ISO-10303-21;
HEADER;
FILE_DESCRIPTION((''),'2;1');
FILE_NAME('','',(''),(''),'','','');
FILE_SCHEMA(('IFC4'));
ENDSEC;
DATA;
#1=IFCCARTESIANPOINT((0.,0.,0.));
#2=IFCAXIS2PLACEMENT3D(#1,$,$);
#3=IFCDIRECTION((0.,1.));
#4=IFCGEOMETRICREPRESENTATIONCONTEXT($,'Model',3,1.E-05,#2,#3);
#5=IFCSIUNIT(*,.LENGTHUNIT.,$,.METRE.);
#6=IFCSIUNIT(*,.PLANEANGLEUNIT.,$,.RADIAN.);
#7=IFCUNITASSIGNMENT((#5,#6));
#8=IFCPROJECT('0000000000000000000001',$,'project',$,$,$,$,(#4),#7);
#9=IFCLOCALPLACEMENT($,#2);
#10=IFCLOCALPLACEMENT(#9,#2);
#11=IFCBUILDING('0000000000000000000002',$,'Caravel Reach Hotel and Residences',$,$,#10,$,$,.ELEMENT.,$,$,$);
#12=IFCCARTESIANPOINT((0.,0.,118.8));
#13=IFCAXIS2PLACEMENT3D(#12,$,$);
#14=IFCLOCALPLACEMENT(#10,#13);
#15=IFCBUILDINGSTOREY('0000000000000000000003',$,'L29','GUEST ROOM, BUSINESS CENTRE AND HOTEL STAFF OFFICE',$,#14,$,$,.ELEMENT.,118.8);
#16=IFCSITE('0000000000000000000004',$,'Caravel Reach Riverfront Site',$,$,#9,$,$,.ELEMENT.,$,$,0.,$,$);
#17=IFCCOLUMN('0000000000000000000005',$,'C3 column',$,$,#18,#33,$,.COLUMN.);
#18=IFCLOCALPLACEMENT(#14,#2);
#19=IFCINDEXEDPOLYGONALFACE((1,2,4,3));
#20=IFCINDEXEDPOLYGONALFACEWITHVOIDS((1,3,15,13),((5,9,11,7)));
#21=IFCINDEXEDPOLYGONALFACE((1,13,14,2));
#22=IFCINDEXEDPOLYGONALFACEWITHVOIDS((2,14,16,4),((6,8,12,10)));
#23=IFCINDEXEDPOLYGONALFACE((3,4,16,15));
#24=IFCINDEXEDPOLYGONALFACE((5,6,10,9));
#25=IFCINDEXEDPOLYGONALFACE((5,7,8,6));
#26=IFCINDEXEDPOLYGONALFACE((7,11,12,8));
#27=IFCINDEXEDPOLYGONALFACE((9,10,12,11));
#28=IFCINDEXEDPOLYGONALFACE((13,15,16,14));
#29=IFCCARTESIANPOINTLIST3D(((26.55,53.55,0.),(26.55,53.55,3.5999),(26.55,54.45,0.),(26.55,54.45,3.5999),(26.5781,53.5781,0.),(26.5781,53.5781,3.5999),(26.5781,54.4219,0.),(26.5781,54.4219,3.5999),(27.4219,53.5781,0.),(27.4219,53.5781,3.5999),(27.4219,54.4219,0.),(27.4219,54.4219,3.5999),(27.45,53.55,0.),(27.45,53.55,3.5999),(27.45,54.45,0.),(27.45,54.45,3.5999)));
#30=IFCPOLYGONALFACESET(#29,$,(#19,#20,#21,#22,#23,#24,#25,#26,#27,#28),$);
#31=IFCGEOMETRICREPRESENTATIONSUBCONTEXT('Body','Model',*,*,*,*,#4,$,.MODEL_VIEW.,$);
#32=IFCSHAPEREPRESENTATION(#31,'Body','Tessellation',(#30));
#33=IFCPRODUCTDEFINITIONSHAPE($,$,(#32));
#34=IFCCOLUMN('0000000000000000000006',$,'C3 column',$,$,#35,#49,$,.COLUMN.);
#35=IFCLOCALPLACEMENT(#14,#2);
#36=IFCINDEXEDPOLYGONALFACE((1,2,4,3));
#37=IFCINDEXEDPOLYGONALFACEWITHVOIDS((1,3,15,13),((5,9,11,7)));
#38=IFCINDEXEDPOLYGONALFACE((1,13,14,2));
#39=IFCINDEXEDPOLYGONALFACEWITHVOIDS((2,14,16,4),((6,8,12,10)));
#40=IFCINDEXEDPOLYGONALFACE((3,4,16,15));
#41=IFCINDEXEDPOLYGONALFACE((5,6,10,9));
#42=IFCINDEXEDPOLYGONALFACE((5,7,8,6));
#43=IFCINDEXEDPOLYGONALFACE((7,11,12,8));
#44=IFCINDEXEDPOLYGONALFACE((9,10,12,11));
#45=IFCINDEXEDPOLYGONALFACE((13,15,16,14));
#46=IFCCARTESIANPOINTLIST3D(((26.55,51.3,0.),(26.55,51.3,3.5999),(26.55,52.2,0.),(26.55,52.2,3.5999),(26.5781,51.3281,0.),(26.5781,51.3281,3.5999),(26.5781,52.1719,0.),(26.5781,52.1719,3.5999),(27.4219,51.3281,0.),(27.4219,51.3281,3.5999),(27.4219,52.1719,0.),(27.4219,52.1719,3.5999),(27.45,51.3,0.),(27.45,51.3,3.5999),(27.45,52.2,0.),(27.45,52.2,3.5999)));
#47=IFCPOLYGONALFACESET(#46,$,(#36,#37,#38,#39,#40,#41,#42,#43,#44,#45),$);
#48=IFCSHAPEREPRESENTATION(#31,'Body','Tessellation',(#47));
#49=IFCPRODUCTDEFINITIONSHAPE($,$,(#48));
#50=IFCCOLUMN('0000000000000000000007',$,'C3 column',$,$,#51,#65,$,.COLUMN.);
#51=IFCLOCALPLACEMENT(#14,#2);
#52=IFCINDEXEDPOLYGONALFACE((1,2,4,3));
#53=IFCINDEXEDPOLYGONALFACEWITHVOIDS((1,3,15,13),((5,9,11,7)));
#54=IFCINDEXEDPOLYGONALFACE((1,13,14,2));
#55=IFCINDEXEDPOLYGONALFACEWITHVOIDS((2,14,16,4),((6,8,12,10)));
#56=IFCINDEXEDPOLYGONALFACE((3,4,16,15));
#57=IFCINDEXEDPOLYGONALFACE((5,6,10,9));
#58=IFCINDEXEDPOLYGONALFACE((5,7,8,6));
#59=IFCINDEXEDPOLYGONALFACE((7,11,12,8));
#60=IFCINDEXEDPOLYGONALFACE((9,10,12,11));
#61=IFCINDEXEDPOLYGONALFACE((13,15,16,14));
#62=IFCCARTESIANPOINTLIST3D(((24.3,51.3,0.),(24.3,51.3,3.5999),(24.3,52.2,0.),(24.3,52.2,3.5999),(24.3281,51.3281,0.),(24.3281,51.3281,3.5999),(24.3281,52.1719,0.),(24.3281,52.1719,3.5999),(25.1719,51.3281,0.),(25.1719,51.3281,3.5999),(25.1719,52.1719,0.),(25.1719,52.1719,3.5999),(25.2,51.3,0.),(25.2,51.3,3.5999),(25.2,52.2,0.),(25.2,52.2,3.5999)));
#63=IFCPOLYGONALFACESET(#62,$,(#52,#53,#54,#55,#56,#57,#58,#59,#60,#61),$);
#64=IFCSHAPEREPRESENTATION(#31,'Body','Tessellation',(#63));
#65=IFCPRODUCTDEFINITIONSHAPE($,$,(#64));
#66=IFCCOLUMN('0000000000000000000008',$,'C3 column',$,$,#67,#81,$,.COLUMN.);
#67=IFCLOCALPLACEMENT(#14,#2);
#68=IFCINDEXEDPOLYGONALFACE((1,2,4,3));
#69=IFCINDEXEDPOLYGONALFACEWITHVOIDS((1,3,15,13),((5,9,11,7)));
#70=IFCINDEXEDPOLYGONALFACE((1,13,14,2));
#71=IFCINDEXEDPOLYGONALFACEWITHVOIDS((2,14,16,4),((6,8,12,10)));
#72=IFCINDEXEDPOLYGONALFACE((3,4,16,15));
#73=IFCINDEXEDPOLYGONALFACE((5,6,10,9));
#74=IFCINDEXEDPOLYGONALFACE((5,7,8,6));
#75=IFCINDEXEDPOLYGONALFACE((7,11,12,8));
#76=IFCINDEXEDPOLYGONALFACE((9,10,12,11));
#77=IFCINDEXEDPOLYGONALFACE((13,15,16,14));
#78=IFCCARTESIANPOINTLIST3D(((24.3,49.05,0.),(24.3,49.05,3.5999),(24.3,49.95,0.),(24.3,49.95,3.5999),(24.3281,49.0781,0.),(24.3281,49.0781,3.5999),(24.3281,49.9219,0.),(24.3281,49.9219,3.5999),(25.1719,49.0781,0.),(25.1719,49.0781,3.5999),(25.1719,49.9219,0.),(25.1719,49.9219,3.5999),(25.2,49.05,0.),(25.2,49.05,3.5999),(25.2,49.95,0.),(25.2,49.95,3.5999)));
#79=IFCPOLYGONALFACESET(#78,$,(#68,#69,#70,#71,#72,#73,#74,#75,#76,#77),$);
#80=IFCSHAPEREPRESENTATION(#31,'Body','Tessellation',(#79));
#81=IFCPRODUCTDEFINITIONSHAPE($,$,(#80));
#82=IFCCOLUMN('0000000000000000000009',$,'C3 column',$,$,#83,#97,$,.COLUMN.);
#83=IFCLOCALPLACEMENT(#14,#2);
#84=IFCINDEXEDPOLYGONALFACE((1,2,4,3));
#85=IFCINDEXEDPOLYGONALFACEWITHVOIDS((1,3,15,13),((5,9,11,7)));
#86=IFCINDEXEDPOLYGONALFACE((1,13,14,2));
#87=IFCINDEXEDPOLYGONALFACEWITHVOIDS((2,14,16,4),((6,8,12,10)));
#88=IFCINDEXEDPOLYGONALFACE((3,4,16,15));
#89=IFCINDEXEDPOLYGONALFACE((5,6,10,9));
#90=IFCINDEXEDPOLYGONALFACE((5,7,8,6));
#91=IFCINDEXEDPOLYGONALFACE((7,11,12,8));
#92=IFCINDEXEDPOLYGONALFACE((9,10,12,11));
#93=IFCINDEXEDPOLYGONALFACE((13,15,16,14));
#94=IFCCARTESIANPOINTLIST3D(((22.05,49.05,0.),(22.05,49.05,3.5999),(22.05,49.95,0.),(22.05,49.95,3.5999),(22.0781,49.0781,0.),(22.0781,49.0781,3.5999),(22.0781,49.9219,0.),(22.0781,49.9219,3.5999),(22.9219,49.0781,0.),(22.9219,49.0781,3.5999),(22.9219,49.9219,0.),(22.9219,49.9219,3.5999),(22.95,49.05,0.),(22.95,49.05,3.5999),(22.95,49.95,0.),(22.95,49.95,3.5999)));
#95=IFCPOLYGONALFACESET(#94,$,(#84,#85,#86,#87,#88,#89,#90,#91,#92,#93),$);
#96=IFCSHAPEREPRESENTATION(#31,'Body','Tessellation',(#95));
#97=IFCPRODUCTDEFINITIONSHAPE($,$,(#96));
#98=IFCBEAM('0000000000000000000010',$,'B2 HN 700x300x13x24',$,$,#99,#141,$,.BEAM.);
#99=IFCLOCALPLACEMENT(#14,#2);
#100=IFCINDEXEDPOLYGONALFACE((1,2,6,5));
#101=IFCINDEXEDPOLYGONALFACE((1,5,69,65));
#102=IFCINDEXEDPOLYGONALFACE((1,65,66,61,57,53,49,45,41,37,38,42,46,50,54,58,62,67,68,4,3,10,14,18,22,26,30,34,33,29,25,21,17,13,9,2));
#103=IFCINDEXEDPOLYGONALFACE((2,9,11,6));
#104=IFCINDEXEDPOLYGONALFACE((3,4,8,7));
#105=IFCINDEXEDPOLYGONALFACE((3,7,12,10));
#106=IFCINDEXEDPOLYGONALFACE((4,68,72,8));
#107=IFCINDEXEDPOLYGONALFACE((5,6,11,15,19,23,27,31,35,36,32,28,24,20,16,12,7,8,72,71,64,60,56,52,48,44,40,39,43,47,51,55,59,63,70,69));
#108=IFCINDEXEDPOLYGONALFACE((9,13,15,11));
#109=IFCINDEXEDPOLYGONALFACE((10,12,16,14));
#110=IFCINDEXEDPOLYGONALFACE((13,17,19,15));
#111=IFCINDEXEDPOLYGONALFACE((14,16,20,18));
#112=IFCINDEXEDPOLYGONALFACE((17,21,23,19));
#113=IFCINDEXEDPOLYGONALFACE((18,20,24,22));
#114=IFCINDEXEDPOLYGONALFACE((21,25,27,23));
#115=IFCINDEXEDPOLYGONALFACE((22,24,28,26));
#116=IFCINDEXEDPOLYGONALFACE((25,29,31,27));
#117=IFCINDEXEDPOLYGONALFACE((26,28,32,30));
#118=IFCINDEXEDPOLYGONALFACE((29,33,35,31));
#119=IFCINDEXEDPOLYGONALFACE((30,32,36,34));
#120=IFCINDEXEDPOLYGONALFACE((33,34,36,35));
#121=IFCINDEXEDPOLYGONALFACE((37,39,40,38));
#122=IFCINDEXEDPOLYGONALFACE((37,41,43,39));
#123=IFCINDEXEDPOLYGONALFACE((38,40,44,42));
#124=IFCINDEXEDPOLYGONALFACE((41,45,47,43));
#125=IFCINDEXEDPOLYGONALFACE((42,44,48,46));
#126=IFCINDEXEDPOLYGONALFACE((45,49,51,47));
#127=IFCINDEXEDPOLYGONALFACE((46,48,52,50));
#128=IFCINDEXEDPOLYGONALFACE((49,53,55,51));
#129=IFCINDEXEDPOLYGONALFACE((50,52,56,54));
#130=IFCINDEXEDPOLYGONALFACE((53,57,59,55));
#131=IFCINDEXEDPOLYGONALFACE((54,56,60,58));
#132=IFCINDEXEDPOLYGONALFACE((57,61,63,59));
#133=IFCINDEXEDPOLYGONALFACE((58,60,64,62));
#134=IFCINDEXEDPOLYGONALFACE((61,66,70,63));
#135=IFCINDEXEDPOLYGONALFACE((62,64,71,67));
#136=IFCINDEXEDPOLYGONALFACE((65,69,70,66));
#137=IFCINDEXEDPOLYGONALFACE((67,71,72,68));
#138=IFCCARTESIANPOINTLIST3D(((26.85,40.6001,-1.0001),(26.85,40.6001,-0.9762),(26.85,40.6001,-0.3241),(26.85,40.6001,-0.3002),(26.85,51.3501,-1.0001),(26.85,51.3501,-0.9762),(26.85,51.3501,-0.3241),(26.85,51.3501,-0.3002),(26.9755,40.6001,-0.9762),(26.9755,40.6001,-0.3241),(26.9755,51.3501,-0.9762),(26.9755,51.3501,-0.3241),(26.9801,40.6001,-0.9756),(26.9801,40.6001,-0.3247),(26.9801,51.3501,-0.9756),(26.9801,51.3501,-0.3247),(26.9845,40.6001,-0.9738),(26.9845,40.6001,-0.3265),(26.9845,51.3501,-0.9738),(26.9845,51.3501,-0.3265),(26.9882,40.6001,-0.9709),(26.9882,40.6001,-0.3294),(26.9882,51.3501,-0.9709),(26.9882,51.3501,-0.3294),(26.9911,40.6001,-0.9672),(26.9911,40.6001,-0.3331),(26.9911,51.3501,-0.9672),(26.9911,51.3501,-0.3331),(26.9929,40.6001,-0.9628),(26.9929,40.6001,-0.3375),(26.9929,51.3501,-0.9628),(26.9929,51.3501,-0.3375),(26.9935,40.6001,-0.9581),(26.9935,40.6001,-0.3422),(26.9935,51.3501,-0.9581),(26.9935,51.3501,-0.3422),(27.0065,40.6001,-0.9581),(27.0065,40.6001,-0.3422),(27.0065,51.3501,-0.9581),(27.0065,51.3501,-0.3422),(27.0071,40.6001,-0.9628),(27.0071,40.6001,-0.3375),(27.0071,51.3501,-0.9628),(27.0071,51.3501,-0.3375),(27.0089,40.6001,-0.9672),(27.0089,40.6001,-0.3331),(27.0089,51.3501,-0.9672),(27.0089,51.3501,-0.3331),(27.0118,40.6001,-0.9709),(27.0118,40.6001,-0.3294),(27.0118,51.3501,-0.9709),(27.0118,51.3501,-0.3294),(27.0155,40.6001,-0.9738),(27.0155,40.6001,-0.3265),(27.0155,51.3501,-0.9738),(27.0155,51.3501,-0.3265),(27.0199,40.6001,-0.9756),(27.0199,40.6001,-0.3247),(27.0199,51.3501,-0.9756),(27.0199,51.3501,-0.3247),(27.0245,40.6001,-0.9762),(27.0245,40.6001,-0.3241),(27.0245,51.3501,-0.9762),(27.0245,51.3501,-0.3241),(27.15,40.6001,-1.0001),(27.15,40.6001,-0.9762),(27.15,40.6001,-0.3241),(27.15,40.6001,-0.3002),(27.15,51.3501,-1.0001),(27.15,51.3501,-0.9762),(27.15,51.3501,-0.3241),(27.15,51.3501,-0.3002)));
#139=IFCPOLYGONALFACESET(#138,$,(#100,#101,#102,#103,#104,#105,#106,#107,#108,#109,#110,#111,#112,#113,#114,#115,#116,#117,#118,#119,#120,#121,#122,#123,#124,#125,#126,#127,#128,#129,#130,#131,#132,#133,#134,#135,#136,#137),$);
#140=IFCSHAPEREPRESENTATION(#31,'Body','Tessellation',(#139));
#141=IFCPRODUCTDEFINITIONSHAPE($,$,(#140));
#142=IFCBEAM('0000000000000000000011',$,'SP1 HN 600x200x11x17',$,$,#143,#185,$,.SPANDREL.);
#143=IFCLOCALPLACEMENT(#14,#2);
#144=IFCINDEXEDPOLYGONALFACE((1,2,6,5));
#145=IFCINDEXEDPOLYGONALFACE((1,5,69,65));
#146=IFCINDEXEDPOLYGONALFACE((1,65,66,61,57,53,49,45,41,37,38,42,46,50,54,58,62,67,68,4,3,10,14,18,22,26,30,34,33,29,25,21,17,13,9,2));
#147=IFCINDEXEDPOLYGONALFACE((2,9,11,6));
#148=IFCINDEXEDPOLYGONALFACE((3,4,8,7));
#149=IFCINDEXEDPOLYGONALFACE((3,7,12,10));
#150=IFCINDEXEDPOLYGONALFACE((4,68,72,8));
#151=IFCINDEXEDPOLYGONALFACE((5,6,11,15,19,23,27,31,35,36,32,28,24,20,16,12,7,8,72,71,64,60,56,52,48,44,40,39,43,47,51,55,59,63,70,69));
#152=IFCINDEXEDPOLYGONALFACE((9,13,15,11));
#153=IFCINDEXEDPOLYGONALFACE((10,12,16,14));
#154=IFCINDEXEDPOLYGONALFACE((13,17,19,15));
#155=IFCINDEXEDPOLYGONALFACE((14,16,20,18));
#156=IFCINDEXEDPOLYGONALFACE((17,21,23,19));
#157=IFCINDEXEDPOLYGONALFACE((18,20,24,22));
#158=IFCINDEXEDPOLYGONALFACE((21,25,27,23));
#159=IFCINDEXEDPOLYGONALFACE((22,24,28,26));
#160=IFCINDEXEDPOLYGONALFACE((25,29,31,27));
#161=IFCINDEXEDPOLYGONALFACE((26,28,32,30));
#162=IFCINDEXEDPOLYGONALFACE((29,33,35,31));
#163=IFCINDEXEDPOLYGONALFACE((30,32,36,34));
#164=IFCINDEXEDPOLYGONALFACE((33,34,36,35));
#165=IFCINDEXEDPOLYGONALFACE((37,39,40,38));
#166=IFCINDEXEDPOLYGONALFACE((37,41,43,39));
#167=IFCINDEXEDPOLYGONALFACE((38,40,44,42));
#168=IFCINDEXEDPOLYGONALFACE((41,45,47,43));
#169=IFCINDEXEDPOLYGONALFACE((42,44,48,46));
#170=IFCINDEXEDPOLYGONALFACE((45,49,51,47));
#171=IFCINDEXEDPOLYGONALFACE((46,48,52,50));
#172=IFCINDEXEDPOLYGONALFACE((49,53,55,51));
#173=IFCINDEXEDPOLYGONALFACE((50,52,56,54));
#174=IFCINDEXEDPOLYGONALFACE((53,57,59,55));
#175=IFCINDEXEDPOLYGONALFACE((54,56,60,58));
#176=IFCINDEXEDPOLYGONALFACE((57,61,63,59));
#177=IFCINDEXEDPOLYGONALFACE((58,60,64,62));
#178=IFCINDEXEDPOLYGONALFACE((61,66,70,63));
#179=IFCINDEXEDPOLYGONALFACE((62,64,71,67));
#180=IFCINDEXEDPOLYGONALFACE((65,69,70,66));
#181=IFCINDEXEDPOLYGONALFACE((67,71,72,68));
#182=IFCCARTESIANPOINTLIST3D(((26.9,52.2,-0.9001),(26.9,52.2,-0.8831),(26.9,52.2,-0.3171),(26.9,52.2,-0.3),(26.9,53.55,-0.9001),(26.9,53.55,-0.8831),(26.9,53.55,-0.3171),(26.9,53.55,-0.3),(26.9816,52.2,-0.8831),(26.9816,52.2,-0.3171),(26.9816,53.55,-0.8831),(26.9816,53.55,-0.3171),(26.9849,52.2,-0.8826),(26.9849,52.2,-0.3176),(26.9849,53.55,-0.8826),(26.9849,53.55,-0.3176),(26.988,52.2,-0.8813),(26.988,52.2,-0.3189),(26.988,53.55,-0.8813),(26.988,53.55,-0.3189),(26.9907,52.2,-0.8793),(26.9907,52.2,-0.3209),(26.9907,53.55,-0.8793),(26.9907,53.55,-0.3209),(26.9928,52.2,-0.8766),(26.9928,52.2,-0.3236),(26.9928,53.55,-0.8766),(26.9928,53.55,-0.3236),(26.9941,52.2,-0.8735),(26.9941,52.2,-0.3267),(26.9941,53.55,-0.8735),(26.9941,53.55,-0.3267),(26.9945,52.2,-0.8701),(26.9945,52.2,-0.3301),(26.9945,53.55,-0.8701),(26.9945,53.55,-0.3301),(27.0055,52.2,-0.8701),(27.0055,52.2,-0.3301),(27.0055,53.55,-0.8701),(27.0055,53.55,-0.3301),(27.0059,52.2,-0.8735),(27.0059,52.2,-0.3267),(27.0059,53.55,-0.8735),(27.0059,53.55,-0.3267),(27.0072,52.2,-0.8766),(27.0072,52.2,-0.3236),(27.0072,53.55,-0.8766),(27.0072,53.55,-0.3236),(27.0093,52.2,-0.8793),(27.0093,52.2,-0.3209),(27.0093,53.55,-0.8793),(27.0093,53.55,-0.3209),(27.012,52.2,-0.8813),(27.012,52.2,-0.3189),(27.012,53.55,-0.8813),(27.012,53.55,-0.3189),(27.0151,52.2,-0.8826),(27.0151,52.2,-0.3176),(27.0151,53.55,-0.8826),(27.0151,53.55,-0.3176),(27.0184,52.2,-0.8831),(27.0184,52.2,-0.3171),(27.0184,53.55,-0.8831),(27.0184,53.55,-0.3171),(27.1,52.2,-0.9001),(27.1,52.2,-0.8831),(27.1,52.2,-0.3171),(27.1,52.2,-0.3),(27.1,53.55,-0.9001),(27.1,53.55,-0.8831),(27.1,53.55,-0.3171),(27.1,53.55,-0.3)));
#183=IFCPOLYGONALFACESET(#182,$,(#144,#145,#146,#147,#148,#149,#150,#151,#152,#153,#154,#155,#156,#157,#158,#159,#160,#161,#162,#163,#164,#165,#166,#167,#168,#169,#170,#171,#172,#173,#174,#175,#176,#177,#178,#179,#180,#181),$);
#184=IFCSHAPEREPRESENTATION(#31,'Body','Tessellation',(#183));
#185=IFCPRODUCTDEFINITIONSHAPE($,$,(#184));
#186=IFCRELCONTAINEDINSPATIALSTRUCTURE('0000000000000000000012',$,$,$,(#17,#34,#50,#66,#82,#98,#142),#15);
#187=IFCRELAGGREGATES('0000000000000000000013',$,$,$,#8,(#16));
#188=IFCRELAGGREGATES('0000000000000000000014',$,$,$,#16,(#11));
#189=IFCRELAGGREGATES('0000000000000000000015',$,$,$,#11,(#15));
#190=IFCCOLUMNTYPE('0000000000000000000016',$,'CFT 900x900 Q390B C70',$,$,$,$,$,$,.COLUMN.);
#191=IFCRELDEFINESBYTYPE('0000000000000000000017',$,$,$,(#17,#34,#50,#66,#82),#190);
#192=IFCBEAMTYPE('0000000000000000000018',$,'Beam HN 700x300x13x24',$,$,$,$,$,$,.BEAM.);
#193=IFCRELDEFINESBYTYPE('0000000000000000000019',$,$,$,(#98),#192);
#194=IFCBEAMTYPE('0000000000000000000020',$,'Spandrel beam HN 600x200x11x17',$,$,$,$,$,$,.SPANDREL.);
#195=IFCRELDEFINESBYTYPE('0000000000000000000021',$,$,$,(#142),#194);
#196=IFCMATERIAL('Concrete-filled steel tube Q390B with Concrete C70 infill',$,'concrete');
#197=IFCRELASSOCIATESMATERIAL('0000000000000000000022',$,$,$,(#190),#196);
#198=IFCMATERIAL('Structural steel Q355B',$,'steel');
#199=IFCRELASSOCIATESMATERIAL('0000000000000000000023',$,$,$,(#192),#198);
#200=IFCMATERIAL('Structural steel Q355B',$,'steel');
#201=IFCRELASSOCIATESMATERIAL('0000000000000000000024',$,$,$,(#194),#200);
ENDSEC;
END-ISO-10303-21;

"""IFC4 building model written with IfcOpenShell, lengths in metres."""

from ifc_helpers import new_model, si_unit, direction, frame, origin, origin_2d, place, context, subcontext, project, spatial, hollow_rectangle, i_section, extrude, material, material_profile, profile_set, type_object, element, save


model = new_model("IFC4")

# Units and contexts
model_context = context("Model", 3, precision=1e-05, world=origin(), true_north=direction((0.0, 1.0)))
body_context = subcontext(model_context, "Body", "Model", "MODEL_VIEW")
ifc_project = project(units=[si_unit("LENGTHUNIT", "METRE"), si_unit("PLANEANGLEUNIT", "RADIAN")], contexts=[model_context])

# Site, building, storey
site_placement = place(None, origin())
site = spatial("IfcSite", under=ifc_project, at=site_placement, Name="Caravel Reach Riverfront Site", CompositionType="ELEMENT", RefElevation=0.0)
building_placement = place(site_placement, origin())
building = spatial("IfcBuilding", under=site, at=building_placement, Name="Caravel Reach Hotel and Residences", CompositionType="ELEMENT")
storey_placement = place(building_placement, frame((0.0, 0.0, 118.8)))
storey = spatial("IfcBuildingStorey", under=building, at=storey_placement, Name="L29", Description="GUEST ROOM, BUSINESS CENTRE AND HOTEL STAFF OFFICE", CompositionType="ELEMENT", Elevation=118.8)

# Columns
ifc_material_1 = material(Name="Concrete-filled steel tube Q390B with Concrete C70 infill", Category="concrete")
ifc_material_profile_1 = material_profile(ifc_material_1, hollow_rectangle(XDim=0.8999, YDim=0.8999, WallThickness=0.0281, at=origin_2d()), Name="RHS 900x900x28")
ifc_profile_set_1 = profile_set([ifc_material_profile_1], Name="Concrete-filled steel tube Q390B with Concrete C70 infill")
column_type = type_object("IfcColumnType", Name="CFT 900x900 Q390B C70", PredefinedType="COLUMN", material=ifc_profile_set_1)
for number, where, z_axis, x_axis, name in (
    (1, (27.0, 54.0, 0.0), (0.0, 0.0, 1.0), (1.0, 0.0, 0.0), "C3 column"),
    (2, (27.0, 51.75, 0.0), (0.0, 0.0, 1.0), (1.0, 0.0, 0.0), "C3 column"),
    (3, (24.75, 51.75, 0.0), (0.0, 0.0, 1.0), (1.0, 0.0, 0.0), "C3 column"),
    (4, (24.75, 49.5, 0.0), (0.0, 0.0, 1.0), (1.0, 0.0, 0.0), "C3 column"),
    (5, (22.5, 49.5, 0.0), (0.0, 0.0, 1.0), (1.0, 0.0, 0.0), "C3 column"),
):
    element("IfcColumn", number, at=place(storey_placement, frame(where, z_axis=z_axis, x_axis=x_axis)), inside=storey, type_object=column_type, Name=name, PredefinedType="COLUMN", context=body_context, shape_type="SweptSolid", body=[
        extrude(hollow_rectangle(XDim=0.8999, YDim=0.8999, WallThickness=0.0281, at=origin_2d()), origin(), (0.0, 0.0, 1.0), 3.5999),
    ])

# Beams
ifc_material_2 = material(Name="Structural steel Q355B", Category="steel")
ifc_material_profile_2 = material_profile(ifc_material_2, i_section(OverallWidth=0.3, OverallDepth=0.7, WebThickness=0.0129, FlangeThickness=0.0239, FilletRadius=0.0181, at=origin_2d()), Name="HN 700x300x13x24")
ifc_profile_set_2 = profile_set([ifc_material_profile_2], Name="Structural steel Q355B")
beam_type_1 = type_object("IfcBeamType", Name="Beam HN 700x300x13x24", PredefinedType="BEAM", material=ifc_profile_set_2)
beam_1_placement = place(storey_placement, frame((27.0, 40.6001, -0.6501), z_axis=(0.0, 1.0, 0.0), x_axis=(-1.0, 0.0, 0.0)))
element("IfcBeam", 6, at=beam_1_placement, inside=storey, type_object=beam_type_1, Name="B2 HN 700x300x13x24", PredefinedType="BEAM", context=body_context, shape_type="SweptSolid", body=[
    extrude(i_section(OverallWidth=0.3, OverallDepth=0.7, WebThickness=0.0129, FlangeThickness=0.0239, FilletRadius=0.0181, at=origin_2d()), origin(), (0.0, 0.0, 1.0), 10.75),
])
ifc_material_3 = material(Name="Structural steel Q355B", Category="steel")
ifc_material_profile_3 = material_profile(ifc_material_3, i_section(OverallWidth=0.2, OverallDepth=0.6001, WebThickness=0.011, FlangeThickness=0.0171, FilletRadius=0.0129, at=origin_2d()), Name="HN 600x200x11x17")
ifc_profile_set_3 = profile_set([ifc_material_profile_3], Name="Structural steel Q355B")
beam_type_2 = type_object("IfcBeamType", Name="Spandrel beam HN 600x200x11x17", PredefinedType="SPANDREL", material=ifc_profile_set_3)
for number, where, z_axis, x_axis, name in (
    (7, (27.0, 53.55, -0.6001), (0.0, -1.0, 0.0), (1.0, 0.0, 0.0), "SP1 HN 600x200x11x17"),
):
    element("IfcBeam", number, at=place(storey_placement, frame(where, z_axis=z_axis, x_axis=x_axis)), inside=storey, type_object=beam_type_2, Name=name, PredefinedType="SPANDREL", context=body_context, shape_type="SweptSolid", body=[
        extrude(i_section(OverallWidth=0.2, OverallDepth=0.6001, WebThickness=0.011, FlangeThickness=0.0171, FilletRadius=0.0129, at=origin_2d()), origin(), (0.0, 0.0, 1.0), 1.3501),
    ])

save(model, "model.ifc")
